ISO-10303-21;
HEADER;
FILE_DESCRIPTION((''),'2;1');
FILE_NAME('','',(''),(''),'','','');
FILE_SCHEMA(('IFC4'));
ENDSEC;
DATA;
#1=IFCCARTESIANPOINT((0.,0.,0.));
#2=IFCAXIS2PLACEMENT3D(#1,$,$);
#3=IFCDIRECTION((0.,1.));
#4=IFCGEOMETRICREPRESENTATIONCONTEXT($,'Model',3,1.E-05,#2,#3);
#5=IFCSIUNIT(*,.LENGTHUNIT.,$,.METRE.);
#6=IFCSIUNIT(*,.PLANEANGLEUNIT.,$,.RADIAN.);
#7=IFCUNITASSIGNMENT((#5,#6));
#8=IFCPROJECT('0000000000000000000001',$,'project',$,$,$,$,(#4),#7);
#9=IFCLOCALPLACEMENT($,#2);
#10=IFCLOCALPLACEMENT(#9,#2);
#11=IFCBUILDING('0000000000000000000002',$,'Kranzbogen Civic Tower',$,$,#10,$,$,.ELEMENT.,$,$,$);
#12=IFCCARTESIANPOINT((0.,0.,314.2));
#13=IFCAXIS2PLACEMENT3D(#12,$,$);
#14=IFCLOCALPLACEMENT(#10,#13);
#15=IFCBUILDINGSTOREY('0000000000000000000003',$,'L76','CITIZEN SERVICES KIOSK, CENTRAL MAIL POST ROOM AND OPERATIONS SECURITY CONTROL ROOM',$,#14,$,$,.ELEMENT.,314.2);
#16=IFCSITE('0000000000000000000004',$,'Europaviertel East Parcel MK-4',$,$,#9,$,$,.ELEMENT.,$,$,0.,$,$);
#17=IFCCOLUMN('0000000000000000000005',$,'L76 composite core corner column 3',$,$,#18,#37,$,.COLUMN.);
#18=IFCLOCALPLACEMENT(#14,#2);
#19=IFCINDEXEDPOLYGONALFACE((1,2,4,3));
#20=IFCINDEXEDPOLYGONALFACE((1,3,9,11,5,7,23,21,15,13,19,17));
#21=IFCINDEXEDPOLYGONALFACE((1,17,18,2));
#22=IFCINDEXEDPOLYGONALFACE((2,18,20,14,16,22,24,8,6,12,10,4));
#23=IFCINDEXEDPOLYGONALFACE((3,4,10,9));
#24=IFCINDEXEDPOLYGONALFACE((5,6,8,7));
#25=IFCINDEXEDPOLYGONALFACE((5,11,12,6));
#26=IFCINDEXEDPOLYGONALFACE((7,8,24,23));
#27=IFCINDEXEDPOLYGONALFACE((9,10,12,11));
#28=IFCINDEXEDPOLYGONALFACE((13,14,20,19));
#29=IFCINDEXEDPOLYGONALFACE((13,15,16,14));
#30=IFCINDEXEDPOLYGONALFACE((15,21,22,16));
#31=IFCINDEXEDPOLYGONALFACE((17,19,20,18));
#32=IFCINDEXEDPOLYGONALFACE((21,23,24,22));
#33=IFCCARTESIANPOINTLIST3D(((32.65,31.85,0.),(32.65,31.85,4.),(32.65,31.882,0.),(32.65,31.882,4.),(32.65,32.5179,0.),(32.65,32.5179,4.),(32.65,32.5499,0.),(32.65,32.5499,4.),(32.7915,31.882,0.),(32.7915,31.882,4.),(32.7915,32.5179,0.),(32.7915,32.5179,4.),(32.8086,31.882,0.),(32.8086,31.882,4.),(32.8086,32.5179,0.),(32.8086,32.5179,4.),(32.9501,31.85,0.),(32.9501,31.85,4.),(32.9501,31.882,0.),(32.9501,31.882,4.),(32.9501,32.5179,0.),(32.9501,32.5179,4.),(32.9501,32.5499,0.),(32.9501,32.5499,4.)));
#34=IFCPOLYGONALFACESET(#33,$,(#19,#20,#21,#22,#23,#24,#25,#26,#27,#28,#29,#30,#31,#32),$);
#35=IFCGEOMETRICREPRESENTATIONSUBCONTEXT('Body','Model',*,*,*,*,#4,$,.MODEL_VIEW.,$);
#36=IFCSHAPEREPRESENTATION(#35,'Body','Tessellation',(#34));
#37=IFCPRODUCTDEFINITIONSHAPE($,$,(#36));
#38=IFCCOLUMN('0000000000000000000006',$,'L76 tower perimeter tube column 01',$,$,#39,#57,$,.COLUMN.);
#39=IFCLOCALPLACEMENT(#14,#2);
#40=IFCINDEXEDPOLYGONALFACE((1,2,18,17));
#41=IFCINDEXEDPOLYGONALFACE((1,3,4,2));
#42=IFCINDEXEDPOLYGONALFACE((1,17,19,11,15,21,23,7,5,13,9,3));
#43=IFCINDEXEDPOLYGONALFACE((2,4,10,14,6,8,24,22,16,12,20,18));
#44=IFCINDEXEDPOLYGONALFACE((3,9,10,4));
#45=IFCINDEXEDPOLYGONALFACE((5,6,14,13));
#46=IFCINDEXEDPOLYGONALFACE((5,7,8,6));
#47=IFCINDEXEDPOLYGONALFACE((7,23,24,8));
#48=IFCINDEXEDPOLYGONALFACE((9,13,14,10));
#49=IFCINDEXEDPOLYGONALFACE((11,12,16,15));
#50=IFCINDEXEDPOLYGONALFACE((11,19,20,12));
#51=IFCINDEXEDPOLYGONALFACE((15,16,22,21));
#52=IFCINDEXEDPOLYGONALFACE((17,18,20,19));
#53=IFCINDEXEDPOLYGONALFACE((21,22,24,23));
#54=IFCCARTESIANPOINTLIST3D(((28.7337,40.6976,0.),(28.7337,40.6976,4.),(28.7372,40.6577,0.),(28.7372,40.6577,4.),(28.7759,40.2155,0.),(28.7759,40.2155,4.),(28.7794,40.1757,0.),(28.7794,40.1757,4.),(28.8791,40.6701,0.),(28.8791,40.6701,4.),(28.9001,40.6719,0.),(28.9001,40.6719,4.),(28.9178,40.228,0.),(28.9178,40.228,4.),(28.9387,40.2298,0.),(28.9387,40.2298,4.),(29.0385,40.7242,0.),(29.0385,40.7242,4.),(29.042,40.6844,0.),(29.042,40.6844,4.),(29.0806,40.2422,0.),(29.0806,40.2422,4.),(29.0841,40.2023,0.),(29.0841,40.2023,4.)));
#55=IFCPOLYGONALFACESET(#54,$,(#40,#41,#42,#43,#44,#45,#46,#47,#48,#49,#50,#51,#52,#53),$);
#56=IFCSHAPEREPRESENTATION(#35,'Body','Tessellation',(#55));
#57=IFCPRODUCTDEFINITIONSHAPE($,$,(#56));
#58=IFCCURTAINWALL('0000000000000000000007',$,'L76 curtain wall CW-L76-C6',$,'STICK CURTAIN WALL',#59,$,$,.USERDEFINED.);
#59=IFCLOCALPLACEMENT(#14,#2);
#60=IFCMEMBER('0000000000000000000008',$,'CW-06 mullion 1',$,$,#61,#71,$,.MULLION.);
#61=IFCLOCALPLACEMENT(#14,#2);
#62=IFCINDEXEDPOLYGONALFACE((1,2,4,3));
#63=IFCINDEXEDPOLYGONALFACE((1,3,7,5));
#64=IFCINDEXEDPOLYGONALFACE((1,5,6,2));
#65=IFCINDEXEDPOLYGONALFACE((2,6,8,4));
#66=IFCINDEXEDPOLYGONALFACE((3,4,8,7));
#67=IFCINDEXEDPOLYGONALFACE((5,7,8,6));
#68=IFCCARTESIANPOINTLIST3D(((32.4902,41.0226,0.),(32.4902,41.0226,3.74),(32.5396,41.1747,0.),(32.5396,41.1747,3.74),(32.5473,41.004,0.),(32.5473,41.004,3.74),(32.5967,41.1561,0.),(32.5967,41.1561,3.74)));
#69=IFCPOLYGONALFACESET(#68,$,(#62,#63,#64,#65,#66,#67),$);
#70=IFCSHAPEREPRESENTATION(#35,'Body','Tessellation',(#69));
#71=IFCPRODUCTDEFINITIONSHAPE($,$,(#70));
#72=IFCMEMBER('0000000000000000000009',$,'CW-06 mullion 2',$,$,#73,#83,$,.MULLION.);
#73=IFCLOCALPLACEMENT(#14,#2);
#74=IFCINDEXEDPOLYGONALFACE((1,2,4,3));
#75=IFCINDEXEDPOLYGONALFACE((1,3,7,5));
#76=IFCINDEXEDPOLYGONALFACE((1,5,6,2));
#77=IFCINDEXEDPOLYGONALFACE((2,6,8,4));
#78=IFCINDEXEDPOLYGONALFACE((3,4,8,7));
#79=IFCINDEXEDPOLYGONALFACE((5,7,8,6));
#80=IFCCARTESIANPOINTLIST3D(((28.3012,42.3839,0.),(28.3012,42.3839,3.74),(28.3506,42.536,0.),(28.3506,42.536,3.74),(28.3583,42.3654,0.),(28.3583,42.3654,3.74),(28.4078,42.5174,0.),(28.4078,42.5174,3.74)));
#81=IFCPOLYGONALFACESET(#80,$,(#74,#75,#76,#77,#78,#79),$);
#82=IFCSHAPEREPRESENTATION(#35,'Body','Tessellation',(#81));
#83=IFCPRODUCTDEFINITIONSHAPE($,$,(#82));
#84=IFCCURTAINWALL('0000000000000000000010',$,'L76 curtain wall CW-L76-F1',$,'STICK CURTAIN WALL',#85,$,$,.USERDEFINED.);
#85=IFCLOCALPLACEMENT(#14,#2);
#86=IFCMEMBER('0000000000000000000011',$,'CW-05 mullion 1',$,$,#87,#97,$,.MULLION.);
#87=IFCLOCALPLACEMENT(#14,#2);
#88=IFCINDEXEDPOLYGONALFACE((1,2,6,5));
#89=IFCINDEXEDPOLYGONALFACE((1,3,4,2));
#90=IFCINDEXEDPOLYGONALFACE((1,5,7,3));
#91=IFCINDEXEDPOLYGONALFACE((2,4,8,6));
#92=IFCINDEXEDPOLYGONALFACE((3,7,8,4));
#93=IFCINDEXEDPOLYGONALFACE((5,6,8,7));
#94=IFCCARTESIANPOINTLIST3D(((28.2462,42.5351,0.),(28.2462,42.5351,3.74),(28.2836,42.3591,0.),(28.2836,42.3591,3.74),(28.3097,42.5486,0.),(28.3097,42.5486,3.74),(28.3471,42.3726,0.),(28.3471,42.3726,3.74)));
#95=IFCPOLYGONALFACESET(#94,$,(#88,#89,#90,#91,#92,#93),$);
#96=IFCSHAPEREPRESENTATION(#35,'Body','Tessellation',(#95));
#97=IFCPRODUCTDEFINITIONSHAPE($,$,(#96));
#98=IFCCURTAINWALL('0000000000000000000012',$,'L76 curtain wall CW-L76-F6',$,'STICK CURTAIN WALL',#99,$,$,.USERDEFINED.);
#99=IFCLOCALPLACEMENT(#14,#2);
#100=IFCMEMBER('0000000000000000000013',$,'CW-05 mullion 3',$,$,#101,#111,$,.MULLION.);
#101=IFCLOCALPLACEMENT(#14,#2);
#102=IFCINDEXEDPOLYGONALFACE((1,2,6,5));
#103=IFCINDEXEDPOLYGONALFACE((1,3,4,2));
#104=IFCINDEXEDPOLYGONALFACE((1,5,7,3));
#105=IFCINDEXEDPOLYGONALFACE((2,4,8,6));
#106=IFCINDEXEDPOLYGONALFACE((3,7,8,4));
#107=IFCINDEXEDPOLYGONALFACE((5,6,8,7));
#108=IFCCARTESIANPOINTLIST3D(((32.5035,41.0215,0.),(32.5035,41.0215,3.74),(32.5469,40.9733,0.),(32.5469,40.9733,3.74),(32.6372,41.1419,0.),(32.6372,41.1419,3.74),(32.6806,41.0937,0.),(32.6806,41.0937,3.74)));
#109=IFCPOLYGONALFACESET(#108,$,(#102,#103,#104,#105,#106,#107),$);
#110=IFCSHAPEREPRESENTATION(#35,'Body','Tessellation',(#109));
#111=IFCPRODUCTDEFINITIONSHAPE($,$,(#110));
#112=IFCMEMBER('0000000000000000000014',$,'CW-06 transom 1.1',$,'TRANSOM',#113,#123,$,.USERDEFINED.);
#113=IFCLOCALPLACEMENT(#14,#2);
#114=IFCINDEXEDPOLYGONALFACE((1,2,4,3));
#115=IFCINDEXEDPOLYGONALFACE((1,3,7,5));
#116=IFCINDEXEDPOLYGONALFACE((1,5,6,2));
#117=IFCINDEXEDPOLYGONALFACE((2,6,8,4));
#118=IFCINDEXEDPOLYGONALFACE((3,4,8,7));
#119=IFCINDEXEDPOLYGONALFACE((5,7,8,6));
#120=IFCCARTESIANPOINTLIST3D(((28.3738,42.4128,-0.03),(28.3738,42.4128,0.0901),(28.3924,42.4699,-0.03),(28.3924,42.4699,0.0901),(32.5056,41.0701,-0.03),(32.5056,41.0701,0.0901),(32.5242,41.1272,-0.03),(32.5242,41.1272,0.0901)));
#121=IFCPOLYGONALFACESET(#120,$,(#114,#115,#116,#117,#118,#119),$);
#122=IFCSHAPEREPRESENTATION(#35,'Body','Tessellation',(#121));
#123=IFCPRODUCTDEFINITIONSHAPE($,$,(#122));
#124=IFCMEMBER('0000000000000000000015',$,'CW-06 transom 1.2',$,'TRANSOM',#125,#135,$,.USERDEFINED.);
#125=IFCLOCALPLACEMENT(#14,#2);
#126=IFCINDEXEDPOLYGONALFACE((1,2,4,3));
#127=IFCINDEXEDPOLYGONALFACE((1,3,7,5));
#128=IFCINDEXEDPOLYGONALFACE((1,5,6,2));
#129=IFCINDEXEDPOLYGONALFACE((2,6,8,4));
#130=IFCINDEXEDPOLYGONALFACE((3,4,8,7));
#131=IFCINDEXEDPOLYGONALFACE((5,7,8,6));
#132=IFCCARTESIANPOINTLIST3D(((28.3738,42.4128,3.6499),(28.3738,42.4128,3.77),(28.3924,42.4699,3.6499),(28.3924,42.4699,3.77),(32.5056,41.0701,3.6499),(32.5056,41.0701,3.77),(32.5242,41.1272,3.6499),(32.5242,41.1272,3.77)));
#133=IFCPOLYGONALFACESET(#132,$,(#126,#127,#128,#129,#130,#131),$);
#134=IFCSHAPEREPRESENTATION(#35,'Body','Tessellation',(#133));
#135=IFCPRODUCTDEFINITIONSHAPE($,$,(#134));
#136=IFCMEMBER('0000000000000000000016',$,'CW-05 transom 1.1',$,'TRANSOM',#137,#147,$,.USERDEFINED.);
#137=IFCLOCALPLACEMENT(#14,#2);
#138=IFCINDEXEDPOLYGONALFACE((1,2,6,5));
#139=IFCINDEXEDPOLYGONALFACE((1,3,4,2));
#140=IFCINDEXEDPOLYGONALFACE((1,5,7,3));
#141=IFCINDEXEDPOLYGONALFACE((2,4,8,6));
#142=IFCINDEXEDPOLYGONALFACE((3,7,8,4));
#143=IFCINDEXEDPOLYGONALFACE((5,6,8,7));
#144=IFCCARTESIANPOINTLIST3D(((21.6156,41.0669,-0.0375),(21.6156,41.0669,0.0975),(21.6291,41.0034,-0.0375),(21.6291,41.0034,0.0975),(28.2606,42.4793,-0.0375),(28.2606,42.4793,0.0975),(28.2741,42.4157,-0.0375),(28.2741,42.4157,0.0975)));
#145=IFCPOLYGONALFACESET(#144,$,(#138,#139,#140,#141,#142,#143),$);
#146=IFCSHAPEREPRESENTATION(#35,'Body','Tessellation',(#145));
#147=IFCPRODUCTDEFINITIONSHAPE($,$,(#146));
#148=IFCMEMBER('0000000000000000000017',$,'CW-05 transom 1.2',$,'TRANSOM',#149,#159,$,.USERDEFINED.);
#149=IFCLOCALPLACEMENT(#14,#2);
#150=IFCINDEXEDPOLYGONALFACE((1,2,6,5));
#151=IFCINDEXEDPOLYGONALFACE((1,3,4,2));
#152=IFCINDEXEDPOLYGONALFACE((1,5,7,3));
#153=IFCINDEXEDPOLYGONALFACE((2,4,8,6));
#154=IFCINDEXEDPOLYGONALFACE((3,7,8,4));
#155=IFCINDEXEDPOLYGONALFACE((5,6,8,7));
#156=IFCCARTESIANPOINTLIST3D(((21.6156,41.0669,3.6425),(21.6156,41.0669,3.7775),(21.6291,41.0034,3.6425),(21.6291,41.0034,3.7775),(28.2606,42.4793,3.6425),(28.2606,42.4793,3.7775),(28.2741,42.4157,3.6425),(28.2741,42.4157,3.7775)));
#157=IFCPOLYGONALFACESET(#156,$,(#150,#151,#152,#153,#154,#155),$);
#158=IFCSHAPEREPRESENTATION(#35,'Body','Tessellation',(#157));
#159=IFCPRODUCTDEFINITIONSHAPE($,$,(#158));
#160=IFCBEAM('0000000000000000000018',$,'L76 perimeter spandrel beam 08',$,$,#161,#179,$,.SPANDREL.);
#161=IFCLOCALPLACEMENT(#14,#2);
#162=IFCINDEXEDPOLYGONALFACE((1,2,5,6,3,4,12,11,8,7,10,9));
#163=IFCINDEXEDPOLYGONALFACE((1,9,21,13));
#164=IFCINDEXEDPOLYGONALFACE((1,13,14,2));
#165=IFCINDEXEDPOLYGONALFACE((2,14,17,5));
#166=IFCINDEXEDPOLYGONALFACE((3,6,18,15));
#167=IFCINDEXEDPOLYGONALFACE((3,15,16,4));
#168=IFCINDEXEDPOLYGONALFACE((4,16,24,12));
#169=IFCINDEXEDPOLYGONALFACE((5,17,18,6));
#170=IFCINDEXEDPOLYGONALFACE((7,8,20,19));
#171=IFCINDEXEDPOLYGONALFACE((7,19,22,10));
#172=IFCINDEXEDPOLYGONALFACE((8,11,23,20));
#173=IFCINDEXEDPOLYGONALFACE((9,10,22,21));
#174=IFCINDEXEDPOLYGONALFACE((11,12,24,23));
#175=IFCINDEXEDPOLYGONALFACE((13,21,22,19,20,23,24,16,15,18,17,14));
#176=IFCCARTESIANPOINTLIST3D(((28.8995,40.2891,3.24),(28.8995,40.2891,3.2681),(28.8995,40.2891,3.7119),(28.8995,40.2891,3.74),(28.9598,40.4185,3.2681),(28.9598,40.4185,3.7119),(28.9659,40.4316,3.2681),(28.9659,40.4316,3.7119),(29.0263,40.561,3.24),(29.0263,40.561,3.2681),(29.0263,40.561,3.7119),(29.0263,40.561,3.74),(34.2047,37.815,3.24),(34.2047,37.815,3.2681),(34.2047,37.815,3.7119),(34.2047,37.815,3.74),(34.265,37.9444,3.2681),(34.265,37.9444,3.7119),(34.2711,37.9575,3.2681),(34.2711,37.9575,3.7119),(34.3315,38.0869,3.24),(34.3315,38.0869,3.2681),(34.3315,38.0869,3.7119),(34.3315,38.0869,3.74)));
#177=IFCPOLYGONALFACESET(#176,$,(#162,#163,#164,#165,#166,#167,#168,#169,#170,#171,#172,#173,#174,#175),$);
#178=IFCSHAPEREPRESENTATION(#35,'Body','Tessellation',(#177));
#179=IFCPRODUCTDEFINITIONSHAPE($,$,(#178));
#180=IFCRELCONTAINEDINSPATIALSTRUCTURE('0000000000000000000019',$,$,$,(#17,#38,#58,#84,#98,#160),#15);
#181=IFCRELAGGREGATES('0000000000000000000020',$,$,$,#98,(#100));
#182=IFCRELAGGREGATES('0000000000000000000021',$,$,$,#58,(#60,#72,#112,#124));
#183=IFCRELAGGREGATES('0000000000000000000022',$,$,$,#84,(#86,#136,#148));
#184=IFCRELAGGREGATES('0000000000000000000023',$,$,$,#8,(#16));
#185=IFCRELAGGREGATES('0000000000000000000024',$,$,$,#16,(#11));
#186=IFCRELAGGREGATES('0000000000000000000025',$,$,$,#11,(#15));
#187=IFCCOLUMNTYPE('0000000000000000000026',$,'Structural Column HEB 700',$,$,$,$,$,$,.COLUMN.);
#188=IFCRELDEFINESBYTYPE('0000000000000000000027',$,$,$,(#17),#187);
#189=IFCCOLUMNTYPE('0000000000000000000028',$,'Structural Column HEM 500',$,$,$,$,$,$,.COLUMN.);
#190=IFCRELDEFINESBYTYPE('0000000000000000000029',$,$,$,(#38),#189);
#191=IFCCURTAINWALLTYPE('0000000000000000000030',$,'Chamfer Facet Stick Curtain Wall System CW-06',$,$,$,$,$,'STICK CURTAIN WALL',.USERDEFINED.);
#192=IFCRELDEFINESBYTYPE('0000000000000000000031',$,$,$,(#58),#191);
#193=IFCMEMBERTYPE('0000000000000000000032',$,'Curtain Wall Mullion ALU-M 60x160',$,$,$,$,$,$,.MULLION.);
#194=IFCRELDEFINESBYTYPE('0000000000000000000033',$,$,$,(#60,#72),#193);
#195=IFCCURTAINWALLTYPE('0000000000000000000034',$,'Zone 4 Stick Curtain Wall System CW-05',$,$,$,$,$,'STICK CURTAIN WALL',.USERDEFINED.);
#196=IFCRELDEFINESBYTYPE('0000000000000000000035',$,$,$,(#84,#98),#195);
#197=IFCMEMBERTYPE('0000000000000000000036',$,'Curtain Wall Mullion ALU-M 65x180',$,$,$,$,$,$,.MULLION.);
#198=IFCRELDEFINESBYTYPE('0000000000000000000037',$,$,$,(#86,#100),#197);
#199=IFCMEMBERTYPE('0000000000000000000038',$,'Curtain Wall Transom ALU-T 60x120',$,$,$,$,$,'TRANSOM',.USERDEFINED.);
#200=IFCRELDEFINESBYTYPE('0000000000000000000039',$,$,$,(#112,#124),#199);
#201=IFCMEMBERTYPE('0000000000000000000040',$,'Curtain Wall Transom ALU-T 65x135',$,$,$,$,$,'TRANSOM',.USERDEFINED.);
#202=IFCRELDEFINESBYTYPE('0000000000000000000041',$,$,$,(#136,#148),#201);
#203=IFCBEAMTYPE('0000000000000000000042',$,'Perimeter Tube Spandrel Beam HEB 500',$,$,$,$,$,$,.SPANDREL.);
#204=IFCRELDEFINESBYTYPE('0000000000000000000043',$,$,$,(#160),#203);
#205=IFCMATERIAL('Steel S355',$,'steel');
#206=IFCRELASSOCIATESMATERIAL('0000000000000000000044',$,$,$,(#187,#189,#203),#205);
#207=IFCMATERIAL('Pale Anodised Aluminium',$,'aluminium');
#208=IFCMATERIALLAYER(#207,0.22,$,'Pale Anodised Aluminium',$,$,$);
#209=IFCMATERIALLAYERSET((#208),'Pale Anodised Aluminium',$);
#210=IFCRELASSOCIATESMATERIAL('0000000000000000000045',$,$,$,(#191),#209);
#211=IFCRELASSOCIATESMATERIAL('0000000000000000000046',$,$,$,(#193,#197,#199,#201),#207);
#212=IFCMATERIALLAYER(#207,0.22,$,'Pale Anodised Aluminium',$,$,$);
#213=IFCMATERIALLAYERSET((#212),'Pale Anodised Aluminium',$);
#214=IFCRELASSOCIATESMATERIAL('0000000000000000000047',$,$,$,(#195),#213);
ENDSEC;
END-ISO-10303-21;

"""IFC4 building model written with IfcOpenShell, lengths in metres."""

from ifc_helpers import new_model, si_unit, direction, frame, origin, origin_2d, place, context, subcontext, project, spatial, rectangle, i_section, extrude, material, layer, layer_set, material_profile, profile_set, type_object, element, aggregate, save


model = new_model("IFC4")

# Units and contexts
model_context = context("Model", 3, precision=1e-05, world=origin(), true_north=direction((0.0, 1.0)))
body_context = subcontext(model_context, "Body", "Model", "MODEL_VIEW")
ifc_project = project(units=[si_unit("LENGTHUNIT", "METRE"), si_unit("PLANEANGLEUNIT", "RADIAN")], contexts=[model_context])

# Site, building, storey
site_placement = place(None, origin())
site = spatial("IfcSite", under=ifc_project, at=site_placement, Name="Europaviertel East Parcel MK-4", CompositionType="ELEMENT", RefElevation=0.0)
building_placement = place(site_placement, origin())
building = spatial("IfcBuilding", under=site, at=building_placement, Name="Kranzbogen Civic Tower", CompositionType="ELEMENT")
storey_placement = place(building_placement, frame((0.0, 0.0, 314.2)))
storey = spatial("IfcBuildingStorey", under=building, at=storey_placement, Name="L76", Description="CITIZEN SERVICES KIOSK, CENTRAL MAIL POST ROOM AND OPERATIONS SECURITY CONTROL ROOM", CompositionType="ELEMENT", Elevation=314.2)

# Columns
ifc_material_1 = material(Name="Steel S355", Category="steel")
ifc_material_profile_1 = material_profile(ifc_material_1, i_section(OverallWidth=0.3, OverallDepth=0.7, WebThickness=0.0171, FlangeThickness=0.032, at=origin_2d()), Name="HEB 700")
ifc_profile_set_1 = profile_set([ifc_material_profile_1], Name="Steel S355")
column_type_1 = type_object("IfcColumnType", Name="Structural Column HEB 700", PredefinedType="COLUMN", material=ifc_profile_set_1)
column_1_placement = place(storey_placement, frame((32.8, 32.2, 0.0), z_axis=(0.0, 0.0, 1.0), x_axis=(1.0, 0.0, 0.0)))
element("IfcColumn", 1, at=column_1_placement, inside=storey, type_object=column_type_1, Name="L76 composite core corner column 3", PredefinedType="COLUMN", context=body_context, shape_type="SweptSolid", body=[
    extrude(i_section(OverallWidth=0.3, OverallDepth=0.7, WebThickness=0.0171, FlangeThickness=0.032, at=origin_2d()), origin(), (0.0, 0.0, 1.0), 4.0),
])
ifc_material_profile_2 = material_profile(ifc_material_1, i_section(OverallWidth=0.3059, OverallDepth=0.5239, WebThickness=0.021, FlangeThickness=0.04, at=origin_2d()), Name="HEM 500")
ifc_profile_set_2 = profile_set([ifc_material_profile_2], Name="Steel S355")
column_type_2 = type_object("IfcColumnType", Name="Structural Column HEM 500", PredefinedType="COLUMN", material=ifc_profile_set_2)
column_2_placement = place(storey_placement, frame((28.9089, 40.45, 0.0), z_axis=(0.0, 0.0, 1.0), x_axis=(0.996195, 0.087156, 0.0)))
element("IfcColumn", 2, at=column_2_placement, inside=storey, type_object=column_type_2, Name="L76 tower perimeter tube column 01", PredefinedType="COLUMN", context=body_context, shape_type="SweptSolid", body=[
    extrude(i_section(OverallWidth=0.3059, OverallDepth=0.5239, WebThickness=0.021, FlangeThickness=0.04, at=origin_2d()), origin(), (0.0, 0.0, 1.0), 4.0),
])

# Curtain wall, members
ifc_material_2 = material(Name="Pale Anodised Aluminium", Category="aluminium")
ifc_layer_1 = layer(ifc_material_2, 0.22, Name="Pale Anodised Aluminium")
ifc_layer_set_1 = layer_set([ifc_layer_1], Name="Pale Anodised Aluminium")
curtain_wall_type_1 = type_object("IfcCurtainWallType", Name="Chamfer Facet Stick Curtain Wall System CW-06", ElementType="STICK CURTAIN WALL", PredefinedType="USERDEFINED", material=ifc_layer_set_1)
curtain_wall_1_placement = place(storey_placement, origin())
curtain_wall_1 = element("IfcCurtainWall", 3, at=curtain_wall_1_placement, inside=storey, type_object=curtain_wall_type_1, Name="L76 curtain wall CW-L76-C6", ObjectType="STICK CURTAIN WALL", PredefinedType="USERDEFINED")
ifc_material_profile_3 = material_profile(ifc_material_2, rectangle(XDim=0.0601, YDim=0.1599, at=origin_2d()), Name="ALU-M 60x160")
ifc_profile_set_3 = profile_set([ifc_material_profile_3], Name="Pale Anodised Aluminium")
member_type_1 = type_object("IfcMemberType", Name="Curtain Wall Mullion ALU-M 60x160", PredefinedType="MULLION", material=ifc_profile_set_3)
member_1_placement = place(storey_placement, frame((32.5435, 41.0894, 0.0), z_axis=(0.0, 0.0, 1.0), x_axis=(-0.951031, 0.309096, 0.0)))
member_1 = element("IfcMember", 4, at=member_1_placement, type_object=member_type_1, Name="CW-06 mullion 1", PredefinedType="MULLION", context=body_context, shape_type="SweptSolid", body=[
    extrude(rectangle(XDim=0.0601, YDim=0.1599, at=origin_2d()), origin(), (0.0, 0.0, 1.0), 3.74),
])
member_2_placement = place(storey_placement, frame((28.3545, 42.4507, 0.0), z_axis=(0.0, 0.0, 1.0), x_axis=(-0.951031, 0.309096, 0.0)))
member_2 = element("IfcMember", 5, at=member_2_placement, type_object=member_type_1, Name="CW-06 mullion 2", PredefinedType="MULLION", context=body_context, shape_type="SweptSolid", body=[
    extrude(rectangle(XDim=0.0601, YDim=0.1599, at=origin_2d()), origin(), (0.0, 0.0, 1.0), 3.74),
])

# Curtain walls, members
ifc_layer_2 = layer(ifc_material_2, 0.22, Name="Pale Anodised Aluminium")
ifc_layer_set_2 = layer_set([ifc_layer_2], Name="Pale Anodised Aluminium")
curtain_wall_type_2 = type_object("IfcCurtainWallType", Name="Zone 4 Stick Curtain Wall System CW-05", ElementType="STICK CURTAIN WALL", PredefinedType="USERDEFINED", material=ifc_layer_set_2)
curtain_wall_2_placement = place(storey_placement, origin())
curtain_wall_2 = element("IfcCurtainWall", 6, at=curtain_wall_2_placement, inside=storey, type_object=curtain_wall_type_2, Name="L76 curtain wall CW-L76-F1", ObjectType="STICK CURTAIN WALL", PredefinedType="USERDEFINED")
ifc_material_profile_4 = material_profile(ifc_material_2, rectangle(XDim=0.0649, YDim=0.1799, at=origin_2d()), Name="ALU-M 65x180")
ifc_profile_set_4 = profile_set([ifc_material_profile_4], Name="Pale Anodised Aluminium")
member_type_2 = type_object("IfcMemberType", Name="Curtain Wall Mullion ALU-M 65x180", PredefinedType="MULLION", material=ifc_profile_set_4)
member_3_placement = place(storey_placement, frame((28.2966, 42.4539, 0.0), z_axis=(0.0, 0.0, 1.0), x_axis=(-0.978152, -0.207892, 0.0)))
member_3 = element("IfcMember", 7, at=member_3_placement, type_object=member_type_2, Name="CW-05 mullion 1", PredefinedType="MULLION", context=body_context, shape_type="SweptSolid", body=[
    extrude(rectangle(XDim=0.0649, YDim=0.1799, at=origin_2d()), origin(), (0.0, 0.0, 1.0), 3.74),
])
curtain_wall_3_placement = place(storey_placement, origin())
curtain_wall_3 = element("IfcCurtainWall", 8, at=curtain_wall_3_placement, inside=storey, type_object=curtain_wall_type_2, Name="L76 curtain wall CW-L76-F6", ObjectType="STICK CURTAIN WALL", PredefinedType="USERDEFINED")
member_4_placement = place(storey_placement, frame((32.592, 41.0576, 0.0), z_axis=(0.0, 0.0, 1.0), x_axis=(-0.669165, 0.743114, 0.0)))
member_4 = element("IfcMember", 9, at=member_4_placement, type_object=member_type_2, Name="CW-05 mullion 3", PredefinedType="MULLION", context=body_context, shape_type="SweptSolid", body=[
    extrude(rectangle(XDim=0.0649, YDim=0.1799, at=origin_2d()), origin(), (0.0, 0.0, 1.0), 3.74),
])
aggregate(curtain_wall_3, [member_4])

# Members
ifc_material_profile_5 = material_profile(ifc_material_2, rectangle(XDim=0.0601, YDim=0.1201, at=origin_2d()), Name="ALU-T 60x120")
ifc_profile_set_5 = profile_set([ifc_material_profile_5], Name="Pale Anodised Aluminium")
member_type_3 = type_object("IfcMemberType", Name="Curtain Wall Transom ALU-T 60x120", ElementType="TRANSOM", PredefinedType="USERDEFINED", material=ifc_profile_set_5)
member_5_placement = place(storey_placement, frame((32.5149, 41.0986, 0.03), z_axis=(-0.951039, 0.309071, 0.0), x_axis=(-0.309071, -0.951039, 0.0)))
member_5 = element("IfcMember", 10, at=member_5_placement, type_object=member_type_3, Name="CW-06 transom 1.1", ObjectType="TRANSOM", PredefinedType="USERDEFINED", context=body_context, shape_type="SweptSolid", body=[
    extrude(rectangle(XDim=0.0601, YDim=0.1201, at=origin_2d()), origin(), (0.0, 0.0, 1.0), 4.3445),
])
member_6_placement = place(storey_placement, frame((32.5149, 41.0986, 3.71), z_axis=(-0.951039, 0.309071, 0.0), x_axis=(-0.309071, -0.951039, 0.0)))
member_6 = element("IfcMember", 11, at=member_6_placement, type_object=member_type_3, Name="CW-06 transom 1.2", ObjectType="TRANSOM", PredefinedType="USERDEFINED", context=body_context, shape_type="SweptSolid", body=[
    extrude(rectangle(XDim=0.0601, YDim=0.1201, at=origin_2d()), origin(), (0.0, 0.0, 1.0), 4.3445),
])
ifc_material_profile_6 = material_profile(ifc_material_2, rectangle(XDim=0.0649, YDim=0.135, at=origin_2d()), Name="ALU-T 65x135")
ifc_profile_set_6 = profile_set([ifc_material_profile_6], Name="Pale Anodised Aluminium")
member_type_4 = type_object("IfcMemberType", Name="Curtain Wall Transom ALU-T 65x135", ElementType="TRANSOM", PredefinedType="USERDEFINED", material=ifc_profile_set_6)
member_7_placement = place(storey_placement, frame((28.2673, 42.4475, 0.03), z_axis=(-0.97815, -0.207899, 0.0), x_axis=(0.207899, -0.97815, 0.0)))
member_7 = element("IfcMember", 12, at=member_7_placement, type_object=member_type_4, Name="CW-05 transom 1.1", ObjectType="TRANSOM", PredefinedType="USERDEFINED", context=body_context, shape_type="SweptSolid", body=[
    extrude(rectangle(XDim=0.0649, YDim=0.135, at=origin_2d()), origin(), (0.0, 0.0, 1.0), 6.7935),
])
member_8_placement = place(storey_placement, frame((28.2673, 42.4475, 3.71), z_axis=(-0.97815, -0.207899, 0.0), x_axis=(0.207899, -0.97815, 0.0)))
member_8 = element("IfcMember", 13, at=member_8_placement, type_object=member_type_4, Name="CW-05 transom 1.2", ObjectType="TRANSOM", PredefinedType="USERDEFINED", context=body_context, shape_type="SweptSolid", body=[
    extrude(rectangle(XDim=0.0649, YDim=0.135, at=origin_2d()), origin(), (0.0, 0.0, 1.0), 6.7935),
])

# Beam
ifc_material_profile_7 = material_profile(ifc_material_1, i_section(OverallWidth=0.3, OverallDepth=0.5, WebThickness=0.0144, FlangeThickness=0.0281, at=origin_2d()), Name="HEB 500")
ifc_profile_set_7 = profile_set([ifc_material_profile_7], Name="Steel S355")
beam_type_1 = type_object("IfcBeamType", Name="Perimeter Tube Spandrel Beam HEB 500", PredefinedType="SPANDREL", material=ifc_profile_set_7)
beam_1_placement = place(storey_placement, frame((34.2681, 37.9509, 3.49), z_axis=(-0.90629, 0.422657, 0.0), x_axis=(-0.422657, -0.90629, 0.0)))
element("IfcBeam", 14, at=beam_1_placement, inside=storey, type_object=beam_type_1, Name="L76 perimeter spandrel beam 08", PredefinedType="SPANDREL", context=body_context, shape_type="SweptSolid", body=[
    extrude(i_section(OverallWidth=0.3, OverallDepth=0.5, WebThickness=0.0144, FlangeThickness=0.0281, at=origin_2d()), origin(), (0.0, 0.0, 1.0), 5.8538),
])

aggregate(curtain_wall_1, [member_1, member_2, member_5, member_6])
aggregate(curtain_wall_2, [member_3, member_7, member_8])

save(model, "model.ifc")
